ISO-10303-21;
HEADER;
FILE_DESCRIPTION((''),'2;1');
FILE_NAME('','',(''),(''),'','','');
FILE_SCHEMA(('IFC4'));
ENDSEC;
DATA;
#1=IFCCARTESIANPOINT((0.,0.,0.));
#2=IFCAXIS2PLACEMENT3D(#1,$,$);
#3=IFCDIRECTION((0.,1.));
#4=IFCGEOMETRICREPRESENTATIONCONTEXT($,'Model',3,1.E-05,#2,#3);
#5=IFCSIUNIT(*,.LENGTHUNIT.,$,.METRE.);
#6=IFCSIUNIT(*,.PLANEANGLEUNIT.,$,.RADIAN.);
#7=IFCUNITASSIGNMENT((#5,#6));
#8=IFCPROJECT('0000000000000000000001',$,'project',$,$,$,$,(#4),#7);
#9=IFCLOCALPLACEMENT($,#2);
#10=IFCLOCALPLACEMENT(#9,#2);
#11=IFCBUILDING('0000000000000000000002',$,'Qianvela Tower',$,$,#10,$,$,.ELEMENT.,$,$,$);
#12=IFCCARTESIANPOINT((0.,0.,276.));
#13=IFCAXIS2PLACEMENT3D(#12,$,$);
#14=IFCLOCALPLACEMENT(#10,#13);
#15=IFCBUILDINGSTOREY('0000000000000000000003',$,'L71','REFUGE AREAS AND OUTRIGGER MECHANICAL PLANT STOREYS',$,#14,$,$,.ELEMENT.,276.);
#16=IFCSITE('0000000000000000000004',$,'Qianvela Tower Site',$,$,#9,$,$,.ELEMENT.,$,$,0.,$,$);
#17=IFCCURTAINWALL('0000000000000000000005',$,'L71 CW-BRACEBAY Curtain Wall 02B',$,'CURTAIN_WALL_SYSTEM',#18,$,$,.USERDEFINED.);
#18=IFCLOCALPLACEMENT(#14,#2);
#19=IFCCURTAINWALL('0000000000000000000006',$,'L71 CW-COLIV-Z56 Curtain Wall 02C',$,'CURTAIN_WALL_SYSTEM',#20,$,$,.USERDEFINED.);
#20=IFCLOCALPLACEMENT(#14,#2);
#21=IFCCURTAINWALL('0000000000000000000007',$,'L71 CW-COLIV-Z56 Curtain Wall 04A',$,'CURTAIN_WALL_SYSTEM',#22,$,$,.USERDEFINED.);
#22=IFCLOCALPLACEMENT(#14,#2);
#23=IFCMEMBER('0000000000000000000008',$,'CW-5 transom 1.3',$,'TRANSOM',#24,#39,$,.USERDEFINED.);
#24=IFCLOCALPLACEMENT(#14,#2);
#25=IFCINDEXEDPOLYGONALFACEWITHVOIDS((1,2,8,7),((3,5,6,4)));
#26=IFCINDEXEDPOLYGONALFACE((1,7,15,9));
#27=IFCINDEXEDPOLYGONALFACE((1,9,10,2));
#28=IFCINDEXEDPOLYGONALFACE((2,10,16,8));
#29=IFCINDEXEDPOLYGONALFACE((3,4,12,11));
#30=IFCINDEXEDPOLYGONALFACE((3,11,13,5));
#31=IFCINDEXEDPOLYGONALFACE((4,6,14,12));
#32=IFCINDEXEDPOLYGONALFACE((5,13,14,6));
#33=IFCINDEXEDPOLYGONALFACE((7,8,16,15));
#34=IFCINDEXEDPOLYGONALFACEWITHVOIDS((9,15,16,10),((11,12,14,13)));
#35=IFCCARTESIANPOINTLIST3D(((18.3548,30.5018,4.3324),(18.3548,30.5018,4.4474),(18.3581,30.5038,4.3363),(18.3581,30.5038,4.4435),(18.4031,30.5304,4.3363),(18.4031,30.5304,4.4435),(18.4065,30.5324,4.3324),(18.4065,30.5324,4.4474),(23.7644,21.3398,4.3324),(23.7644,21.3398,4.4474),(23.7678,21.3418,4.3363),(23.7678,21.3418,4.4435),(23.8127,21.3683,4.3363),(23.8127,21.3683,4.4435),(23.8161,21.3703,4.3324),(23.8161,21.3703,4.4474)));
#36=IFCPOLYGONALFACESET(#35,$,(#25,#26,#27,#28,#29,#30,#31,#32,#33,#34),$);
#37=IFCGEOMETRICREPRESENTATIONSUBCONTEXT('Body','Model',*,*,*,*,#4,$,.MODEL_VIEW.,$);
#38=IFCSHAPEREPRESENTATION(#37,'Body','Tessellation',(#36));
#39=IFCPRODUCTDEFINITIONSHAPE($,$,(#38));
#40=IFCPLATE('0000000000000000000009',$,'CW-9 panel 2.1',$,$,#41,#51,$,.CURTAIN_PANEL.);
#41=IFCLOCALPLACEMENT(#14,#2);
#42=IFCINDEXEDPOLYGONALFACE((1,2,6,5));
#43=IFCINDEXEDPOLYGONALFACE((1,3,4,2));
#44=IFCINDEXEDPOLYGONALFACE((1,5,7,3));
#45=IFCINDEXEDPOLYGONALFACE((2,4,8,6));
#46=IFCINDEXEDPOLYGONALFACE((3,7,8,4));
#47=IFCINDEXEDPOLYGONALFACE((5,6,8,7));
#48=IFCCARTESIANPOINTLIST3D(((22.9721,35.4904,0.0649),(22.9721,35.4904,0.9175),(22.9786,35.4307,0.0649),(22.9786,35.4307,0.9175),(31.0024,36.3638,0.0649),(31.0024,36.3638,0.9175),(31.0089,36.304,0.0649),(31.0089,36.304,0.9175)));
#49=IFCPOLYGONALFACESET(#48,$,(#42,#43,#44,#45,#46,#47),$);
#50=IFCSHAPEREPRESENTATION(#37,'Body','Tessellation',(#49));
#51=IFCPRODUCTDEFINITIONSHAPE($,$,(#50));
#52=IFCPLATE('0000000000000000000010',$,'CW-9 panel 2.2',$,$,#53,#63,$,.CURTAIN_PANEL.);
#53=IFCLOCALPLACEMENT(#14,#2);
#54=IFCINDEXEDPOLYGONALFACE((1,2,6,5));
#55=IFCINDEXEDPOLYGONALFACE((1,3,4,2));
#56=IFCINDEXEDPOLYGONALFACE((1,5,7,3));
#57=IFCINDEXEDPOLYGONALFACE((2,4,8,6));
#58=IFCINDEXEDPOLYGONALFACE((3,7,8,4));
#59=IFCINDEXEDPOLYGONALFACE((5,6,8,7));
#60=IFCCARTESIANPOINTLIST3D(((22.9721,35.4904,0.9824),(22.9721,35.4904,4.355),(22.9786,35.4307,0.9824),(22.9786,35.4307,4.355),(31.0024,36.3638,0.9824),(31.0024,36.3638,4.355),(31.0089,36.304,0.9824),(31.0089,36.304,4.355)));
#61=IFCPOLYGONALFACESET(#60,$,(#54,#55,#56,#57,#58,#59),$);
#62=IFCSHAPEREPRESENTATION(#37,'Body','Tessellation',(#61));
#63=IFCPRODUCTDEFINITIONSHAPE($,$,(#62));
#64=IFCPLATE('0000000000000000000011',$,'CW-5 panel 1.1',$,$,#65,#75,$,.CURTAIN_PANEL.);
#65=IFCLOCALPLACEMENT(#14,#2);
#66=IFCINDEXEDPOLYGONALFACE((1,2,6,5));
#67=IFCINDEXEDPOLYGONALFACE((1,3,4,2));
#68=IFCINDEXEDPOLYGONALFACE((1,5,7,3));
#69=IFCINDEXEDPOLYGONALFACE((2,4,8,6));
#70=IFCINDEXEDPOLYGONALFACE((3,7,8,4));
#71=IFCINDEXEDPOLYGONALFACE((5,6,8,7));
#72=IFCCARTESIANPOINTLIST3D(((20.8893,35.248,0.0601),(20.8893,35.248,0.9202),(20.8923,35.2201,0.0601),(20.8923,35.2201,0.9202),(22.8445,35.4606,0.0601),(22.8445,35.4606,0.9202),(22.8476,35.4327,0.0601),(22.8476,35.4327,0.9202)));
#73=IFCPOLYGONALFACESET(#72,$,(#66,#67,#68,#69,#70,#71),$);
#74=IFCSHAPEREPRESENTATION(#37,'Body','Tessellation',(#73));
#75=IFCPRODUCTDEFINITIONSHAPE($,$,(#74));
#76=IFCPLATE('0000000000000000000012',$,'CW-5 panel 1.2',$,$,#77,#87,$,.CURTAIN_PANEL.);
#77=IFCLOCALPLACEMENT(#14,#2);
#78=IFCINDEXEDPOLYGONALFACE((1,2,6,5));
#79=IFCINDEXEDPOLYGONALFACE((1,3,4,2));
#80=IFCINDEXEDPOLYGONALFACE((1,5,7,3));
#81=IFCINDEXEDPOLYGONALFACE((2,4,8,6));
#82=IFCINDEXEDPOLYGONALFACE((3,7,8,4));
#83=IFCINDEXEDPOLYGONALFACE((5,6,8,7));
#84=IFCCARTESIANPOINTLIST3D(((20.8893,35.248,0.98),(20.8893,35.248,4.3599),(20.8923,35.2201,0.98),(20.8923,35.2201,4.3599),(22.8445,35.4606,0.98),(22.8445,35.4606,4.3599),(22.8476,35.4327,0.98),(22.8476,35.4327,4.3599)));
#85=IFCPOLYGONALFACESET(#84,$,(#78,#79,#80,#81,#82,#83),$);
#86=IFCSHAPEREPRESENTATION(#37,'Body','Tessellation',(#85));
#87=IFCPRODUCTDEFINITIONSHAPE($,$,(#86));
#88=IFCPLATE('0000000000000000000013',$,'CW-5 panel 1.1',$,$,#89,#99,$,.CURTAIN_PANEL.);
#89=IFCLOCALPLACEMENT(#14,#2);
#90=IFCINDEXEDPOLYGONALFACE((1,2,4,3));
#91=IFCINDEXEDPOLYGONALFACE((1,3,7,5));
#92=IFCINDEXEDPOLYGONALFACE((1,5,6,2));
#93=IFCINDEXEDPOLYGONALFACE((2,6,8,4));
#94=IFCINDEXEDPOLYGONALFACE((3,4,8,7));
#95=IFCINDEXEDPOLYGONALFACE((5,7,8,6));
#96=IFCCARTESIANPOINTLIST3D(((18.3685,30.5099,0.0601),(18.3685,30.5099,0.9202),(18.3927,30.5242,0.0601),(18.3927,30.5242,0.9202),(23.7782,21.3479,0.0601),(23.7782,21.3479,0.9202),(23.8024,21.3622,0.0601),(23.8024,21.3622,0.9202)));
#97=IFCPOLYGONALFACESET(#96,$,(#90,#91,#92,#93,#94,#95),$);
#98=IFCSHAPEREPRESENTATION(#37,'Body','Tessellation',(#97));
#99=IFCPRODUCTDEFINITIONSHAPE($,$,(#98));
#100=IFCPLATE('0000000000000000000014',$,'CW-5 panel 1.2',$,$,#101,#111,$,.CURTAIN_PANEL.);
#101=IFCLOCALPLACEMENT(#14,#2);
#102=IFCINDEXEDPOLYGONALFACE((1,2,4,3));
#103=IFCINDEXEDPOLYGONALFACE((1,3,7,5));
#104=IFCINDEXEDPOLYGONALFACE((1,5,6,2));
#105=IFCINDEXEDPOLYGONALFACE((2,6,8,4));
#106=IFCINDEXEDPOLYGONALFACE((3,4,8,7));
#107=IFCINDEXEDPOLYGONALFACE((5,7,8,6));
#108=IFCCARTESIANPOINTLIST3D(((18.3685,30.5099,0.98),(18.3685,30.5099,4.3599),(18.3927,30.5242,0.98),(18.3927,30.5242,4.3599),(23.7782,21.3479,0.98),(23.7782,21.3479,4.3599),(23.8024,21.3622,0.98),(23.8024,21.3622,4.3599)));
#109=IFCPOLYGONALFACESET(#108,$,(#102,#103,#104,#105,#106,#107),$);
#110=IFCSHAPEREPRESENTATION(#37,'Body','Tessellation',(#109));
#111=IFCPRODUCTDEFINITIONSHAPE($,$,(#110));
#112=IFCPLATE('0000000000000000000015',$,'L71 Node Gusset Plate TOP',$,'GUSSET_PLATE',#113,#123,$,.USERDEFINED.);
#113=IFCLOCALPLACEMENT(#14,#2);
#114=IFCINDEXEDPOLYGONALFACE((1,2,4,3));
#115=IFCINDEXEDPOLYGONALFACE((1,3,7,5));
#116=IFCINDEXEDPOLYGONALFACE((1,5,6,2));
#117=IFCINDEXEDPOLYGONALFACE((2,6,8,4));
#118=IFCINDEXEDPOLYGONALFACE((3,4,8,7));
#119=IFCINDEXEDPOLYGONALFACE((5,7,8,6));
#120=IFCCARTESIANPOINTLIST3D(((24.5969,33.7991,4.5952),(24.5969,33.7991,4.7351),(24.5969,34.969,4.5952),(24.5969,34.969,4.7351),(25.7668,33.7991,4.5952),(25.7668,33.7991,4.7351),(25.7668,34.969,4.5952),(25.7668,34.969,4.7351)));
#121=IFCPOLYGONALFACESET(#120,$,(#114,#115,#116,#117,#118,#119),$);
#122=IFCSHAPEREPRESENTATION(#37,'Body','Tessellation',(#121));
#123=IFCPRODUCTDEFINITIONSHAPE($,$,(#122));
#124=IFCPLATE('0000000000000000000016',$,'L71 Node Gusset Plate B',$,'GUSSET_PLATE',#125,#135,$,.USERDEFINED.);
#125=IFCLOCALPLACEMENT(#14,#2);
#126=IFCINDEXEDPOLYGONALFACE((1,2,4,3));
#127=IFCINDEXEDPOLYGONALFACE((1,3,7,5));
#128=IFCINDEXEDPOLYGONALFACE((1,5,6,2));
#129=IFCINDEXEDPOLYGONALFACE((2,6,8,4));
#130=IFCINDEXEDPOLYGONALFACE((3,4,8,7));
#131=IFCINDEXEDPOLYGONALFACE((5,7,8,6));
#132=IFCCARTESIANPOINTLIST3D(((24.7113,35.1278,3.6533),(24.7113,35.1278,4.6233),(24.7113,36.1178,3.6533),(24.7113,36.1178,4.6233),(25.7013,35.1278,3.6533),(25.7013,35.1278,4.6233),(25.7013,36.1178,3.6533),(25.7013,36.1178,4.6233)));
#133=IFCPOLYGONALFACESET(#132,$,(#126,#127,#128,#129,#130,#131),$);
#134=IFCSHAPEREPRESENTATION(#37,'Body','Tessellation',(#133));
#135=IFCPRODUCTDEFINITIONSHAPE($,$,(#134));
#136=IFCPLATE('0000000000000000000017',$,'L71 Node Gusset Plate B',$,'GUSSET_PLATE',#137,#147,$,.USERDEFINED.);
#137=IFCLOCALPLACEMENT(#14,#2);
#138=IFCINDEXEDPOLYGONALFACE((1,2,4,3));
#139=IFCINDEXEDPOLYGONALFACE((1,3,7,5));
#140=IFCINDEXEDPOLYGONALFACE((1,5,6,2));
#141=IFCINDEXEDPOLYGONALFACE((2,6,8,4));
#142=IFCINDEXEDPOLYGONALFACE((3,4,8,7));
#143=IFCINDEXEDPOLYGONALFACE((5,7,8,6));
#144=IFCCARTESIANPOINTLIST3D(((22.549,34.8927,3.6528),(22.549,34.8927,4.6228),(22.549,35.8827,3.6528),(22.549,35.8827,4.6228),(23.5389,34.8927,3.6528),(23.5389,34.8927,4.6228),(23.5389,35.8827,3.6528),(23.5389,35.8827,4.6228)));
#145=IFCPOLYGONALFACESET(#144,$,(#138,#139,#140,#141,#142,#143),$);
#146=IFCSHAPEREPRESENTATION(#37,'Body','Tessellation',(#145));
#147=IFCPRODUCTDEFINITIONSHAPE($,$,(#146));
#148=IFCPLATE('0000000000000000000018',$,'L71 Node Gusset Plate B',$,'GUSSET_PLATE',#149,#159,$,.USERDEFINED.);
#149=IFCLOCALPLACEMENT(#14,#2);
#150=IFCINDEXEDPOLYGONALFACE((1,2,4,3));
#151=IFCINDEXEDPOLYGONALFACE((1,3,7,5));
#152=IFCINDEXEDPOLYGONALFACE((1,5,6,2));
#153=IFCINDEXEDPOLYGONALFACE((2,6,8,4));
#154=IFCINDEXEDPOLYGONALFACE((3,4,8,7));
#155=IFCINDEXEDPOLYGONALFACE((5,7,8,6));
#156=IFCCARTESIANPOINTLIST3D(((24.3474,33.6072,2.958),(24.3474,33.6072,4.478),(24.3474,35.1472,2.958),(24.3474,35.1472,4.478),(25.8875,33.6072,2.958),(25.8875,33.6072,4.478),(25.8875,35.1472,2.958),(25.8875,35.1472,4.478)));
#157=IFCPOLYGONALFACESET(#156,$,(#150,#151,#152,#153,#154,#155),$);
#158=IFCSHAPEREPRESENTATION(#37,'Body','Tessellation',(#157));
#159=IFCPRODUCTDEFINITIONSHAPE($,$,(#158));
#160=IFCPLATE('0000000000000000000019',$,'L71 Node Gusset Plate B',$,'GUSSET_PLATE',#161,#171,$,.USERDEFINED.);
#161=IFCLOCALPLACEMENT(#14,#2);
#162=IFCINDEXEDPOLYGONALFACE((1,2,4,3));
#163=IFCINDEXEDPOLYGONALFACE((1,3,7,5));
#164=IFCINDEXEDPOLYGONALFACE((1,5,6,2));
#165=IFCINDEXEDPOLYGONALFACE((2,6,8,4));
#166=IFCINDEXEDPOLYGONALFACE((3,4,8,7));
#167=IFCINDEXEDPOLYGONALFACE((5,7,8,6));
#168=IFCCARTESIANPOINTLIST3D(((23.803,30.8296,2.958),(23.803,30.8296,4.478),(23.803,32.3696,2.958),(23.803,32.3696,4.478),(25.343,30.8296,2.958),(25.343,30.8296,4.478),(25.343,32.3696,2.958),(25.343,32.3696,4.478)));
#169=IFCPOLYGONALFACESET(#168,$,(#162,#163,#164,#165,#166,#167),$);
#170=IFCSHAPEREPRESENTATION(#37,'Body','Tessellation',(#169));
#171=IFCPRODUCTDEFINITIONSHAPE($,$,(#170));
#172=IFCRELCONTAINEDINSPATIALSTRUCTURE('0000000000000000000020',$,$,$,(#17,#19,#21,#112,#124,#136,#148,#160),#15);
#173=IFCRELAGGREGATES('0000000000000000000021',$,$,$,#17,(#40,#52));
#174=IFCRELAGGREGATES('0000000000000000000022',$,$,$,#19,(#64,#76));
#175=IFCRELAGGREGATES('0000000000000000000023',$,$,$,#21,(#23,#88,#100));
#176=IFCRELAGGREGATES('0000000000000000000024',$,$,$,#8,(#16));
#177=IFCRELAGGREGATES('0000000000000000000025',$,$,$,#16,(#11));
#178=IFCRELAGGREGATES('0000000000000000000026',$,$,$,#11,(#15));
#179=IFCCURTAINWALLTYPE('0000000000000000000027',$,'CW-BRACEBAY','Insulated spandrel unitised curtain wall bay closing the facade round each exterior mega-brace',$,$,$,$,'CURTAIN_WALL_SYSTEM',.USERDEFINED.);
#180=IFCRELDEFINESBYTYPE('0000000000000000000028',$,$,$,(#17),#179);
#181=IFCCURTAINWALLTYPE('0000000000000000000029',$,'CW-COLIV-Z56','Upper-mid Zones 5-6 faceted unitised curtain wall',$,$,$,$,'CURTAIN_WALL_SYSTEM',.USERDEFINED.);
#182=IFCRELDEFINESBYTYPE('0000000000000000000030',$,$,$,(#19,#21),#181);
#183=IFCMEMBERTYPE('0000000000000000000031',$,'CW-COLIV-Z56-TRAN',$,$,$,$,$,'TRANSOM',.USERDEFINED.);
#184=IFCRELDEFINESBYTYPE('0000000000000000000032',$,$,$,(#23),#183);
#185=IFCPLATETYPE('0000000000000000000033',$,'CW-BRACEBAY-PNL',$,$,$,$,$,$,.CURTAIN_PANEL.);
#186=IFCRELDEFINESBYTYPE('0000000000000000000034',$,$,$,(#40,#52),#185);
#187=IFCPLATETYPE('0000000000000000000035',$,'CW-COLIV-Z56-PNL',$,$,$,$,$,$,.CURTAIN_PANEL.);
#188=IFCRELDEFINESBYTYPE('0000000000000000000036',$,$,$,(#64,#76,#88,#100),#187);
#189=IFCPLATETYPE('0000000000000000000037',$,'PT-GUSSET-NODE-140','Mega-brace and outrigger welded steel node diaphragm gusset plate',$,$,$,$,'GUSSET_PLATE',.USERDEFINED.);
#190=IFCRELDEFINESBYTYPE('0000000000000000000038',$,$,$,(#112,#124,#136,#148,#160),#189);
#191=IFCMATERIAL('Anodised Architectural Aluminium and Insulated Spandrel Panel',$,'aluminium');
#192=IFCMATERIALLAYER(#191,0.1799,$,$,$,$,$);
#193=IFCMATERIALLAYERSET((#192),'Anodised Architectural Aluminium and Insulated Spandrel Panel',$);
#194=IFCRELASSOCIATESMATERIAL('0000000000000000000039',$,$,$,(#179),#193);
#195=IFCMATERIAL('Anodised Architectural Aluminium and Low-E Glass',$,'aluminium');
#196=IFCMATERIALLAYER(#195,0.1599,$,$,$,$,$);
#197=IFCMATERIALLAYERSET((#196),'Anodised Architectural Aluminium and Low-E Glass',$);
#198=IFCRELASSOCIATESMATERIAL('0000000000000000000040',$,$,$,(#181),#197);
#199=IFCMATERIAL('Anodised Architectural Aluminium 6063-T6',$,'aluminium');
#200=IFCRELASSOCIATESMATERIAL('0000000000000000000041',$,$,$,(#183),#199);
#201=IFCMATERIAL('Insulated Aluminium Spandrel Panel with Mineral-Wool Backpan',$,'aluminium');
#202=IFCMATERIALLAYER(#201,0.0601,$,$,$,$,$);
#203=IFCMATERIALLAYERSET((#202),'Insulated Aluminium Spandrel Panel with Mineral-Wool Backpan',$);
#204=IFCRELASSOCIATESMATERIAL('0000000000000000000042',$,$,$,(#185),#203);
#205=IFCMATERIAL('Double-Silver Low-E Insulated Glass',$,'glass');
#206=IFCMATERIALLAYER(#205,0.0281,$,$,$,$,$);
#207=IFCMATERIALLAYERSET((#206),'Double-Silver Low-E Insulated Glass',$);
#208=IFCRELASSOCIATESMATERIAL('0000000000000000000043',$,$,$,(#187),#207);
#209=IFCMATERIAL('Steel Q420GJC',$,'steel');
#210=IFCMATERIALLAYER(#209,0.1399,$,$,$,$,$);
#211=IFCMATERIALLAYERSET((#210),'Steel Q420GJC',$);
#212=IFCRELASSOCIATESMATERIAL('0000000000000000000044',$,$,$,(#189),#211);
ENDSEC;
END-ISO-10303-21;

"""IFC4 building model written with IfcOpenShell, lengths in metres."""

from ifc_helpers import new_model, si_unit, direction, frame, origin, origin_2d, place, context, subcontext, project, spatial, rectangle, hollow_rectangle, extrude, material, layer, layer_set, material_profile, profile_set, type_object, element, aggregate, save


model = new_model("IFC4")

# Units and contexts
model_context = context("Model", 3, precision=1e-05, world=origin(), true_north=direction((0.0, 1.0)))
body_context = subcontext(model_context, "Body", "Model", "MODEL_VIEW")
ifc_project = project(units=[si_unit("LENGTHUNIT", "METRE"), si_unit("PLANEANGLEUNIT", "RADIAN")], contexts=[model_context])

# Site, building, storey
site_placement = place(None, origin())
site = spatial("IfcSite", under=ifc_project, at=site_placement, Name="Qianvela Tower Site", CompositionType="ELEMENT", RefElevation=0.0)
building_placement = place(site_placement, origin())
building = spatial("IfcBuilding", under=site, at=building_placement, Name="Qianvela Tower", CompositionType="ELEMENT")
storey_placement = place(building_placement, frame((0.0, 0.0, 276.0)))
storey = spatial("IfcBuildingStorey", under=building, at=storey_placement, Name="L71", Description="REFUGE AREAS AND OUTRIGGER MECHANICAL PLANT STOREYS", CompositionType="ELEMENT", Elevation=276.0)

# Curtain wall
ifc_material_1 = material(Name="Anodised Architectural Aluminium and Insulated Spandrel Panel", Category="aluminium")
ifc_layer_1 = layer(ifc_material_1, 0.1799)
ifc_layer_set_1 = layer_set([ifc_layer_1], Name="Anodised Architectural Aluminium and Insulated Spandrel Panel")
curtain_wall_type_1 = type_object("IfcCurtainWallType", Name="CW-BRACEBAY", Description="Insulated spandrel unitised curtain wall bay closing the facade round each exterior mega-brace", ElementType="CURTAIN_WALL_SYSTEM", PredefinedType="USERDEFINED", material=ifc_layer_set_1)
curtain_wall_1_placement = place(storey_placement, origin())
curtain_wall_1 = element("IfcCurtainWall", 1, at=curtain_wall_1_placement, inside=storey, type_object=curtain_wall_type_1, Name="L71 CW-BRACEBAY Curtain Wall 02B", ObjectType="CURTAIN_WALL_SYSTEM", PredefinedType="USERDEFINED")

# Curtain wall
ifc_material_2 = material(Name="Anodised Architectural Aluminium and Low-E Glass", Category="aluminium")
ifc_layer_2 = layer(ifc_material_2, 0.1599)
ifc_layer_set_2 = layer_set([ifc_layer_2], Name="Anodised Architectural Aluminium and Low-E Glass")
curtain_wall_type_2 = type_object("IfcCurtainWallType", Name="CW-COLIV-Z56", Description="Upper-mid Zones 5-6 faceted unitised curtain wall", ElementType="CURTAIN_WALL_SYSTEM", PredefinedType="USERDEFINED", material=ifc_layer_set_2)
curtain_wall_2_placement = place(storey_placement, origin())
curtain_wall_2 = element("IfcCurtainWall", 2, at=curtain_wall_2_placement, inside=storey, type_object=curtain_wall_type_2, Name="L71 CW-COLIV-Z56 Curtain Wall 02C", ObjectType="CURTAIN_WALL_SYSTEM", PredefinedType="USERDEFINED")

# Curtain wall
curtain_wall_3_placement = place(storey_placement, origin())
curtain_wall_3 = element("IfcCurtainWall", 3, at=curtain_wall_3_placement, inside=storey, type_object=curtain_wall_type_2, Name="L71 CW-COLIV-Z56 Curtain Wall 04A", ObjectType="CURTAIN_WALL_SYSTEM", PredefinedType="USERDEFINED")

# Member
ifc_material_3 = material(Name="Anodised Architectural Aluminium 6063-T6", Category="aluminium")
ifc_material_profile_1 = material_profile(ifc_material_3, hollow_rectangle(XDim=0.0601, YDim=0.115, WallThickness=0.0039, at=origin_2d()), Name="ALU-TRAN-60x115")
ifc_profile_set_1 = profile_set([ifc_material_profile_1], Name="Anodised Architectural Aluminium 6063-T6")
member_type_1 = type_object("IfcMemberType", Name="CW-COLIV-Z56-TRAN", ElementType="TRANSOM", PredefinedType="USERDEFINED", material=ifc_profile_set_1)
member_1_placement = place(storey_placement, frame((18.3806, 30.5171, 4.3899), z_axis=(0.508429, -0.861104, 0.0), x_axis=(0.861104, 0.508429, 0.0)))
member_1 = element("IfcMember", 4, at=member_1_placement, type_object=member_type_1, Name="CW-5 transom 1.3", ObjectType="TRANSOM", PredefinedType="USERDEFINED", context=body_context, shape_type="SweptSolid", body=[
    extrude(hollow_rectangle(XDim=0.0601, YDim=0.115, WallThickness=0.0039, at=origin_2d()), origin(), (0.0, 0.0, 1.0), 10.6399),
])

# Plates
ifc_material_4 = material(Name="Insulated Aluminium Spandrel Panel with Mineral-Wool Backpan", Category="aluminium")
ifc_layer_3 = layer(ifc_material_4, 0.0601)
ifc_layer_set_3 = layer_set([ifc_layer_3], Name="Insulated Aluminium Spandrel Panel with Mineral-Wool Backpan")
plate_type_1 = type_object("IfcPlateType", Name="CW-BRACEBAY-PNL", PredefinedType="CURTAIN_PANEL", material=ifc_layer_set_3)
plate_1_placement = place(storey_placement, frame((26.9905, 35.8972, 0.0649), z_axis=(0.0, 0.0, 1.0), x_axis=(-0.994138, -0.108122, 0.0)))
plate_1 = element("IfcPlate", 5, at=plate_1_placement, type_object=plate_type_1, Name="CW-9 panel 2.1", PredefinedType="CURTAIN_PANEL", context=body_context, shape_type="SweptSolid", body=[
    extrude(rectangle(XDim=8.0776, YDim=0.0601, at=origin_2d()), origin(), (0.0, 0.0, 1.0), 0.8525),
])
plate_2_placement = place(storey_placement, frame((26.9905, 35.8972, 0.9824), z_axis=(0.0, 0.0, 1.0), x_axis=(-0.994138, -0.108122, 0.0)))
plate_2 = element("IfcPlate", 6, at=plate_2_placement, type_object=plate_type_1, Name="CW-9 panel 2.2", PredefinedType="CURTAIN_PANEL", context=body_context, shape_type="SweptSolid", body=[
    extrude(rectangle(XDim=8.0776, YDim=0.0601, at=origin_2d()), origin(), (0.0, 0.0, 1.0), 3.3726),
])
aggregate(curtain_wall_1, [plate_1, plate_2])
ifc_material_5 = material(Name="Double-Silver Low-E Insulated Glass", Category="glass")
ifc_layer_4 = layer(ifc_material_5, 0.0281)
ifc_layer_set_4 = layer_set([ifc_layer_4], Name="Double-Silver Low-E Insulated Glass")
plate_type_2 = type_object("IfcPlateType", Name="CW-COLIV-Z56-PNL", PredefinedType="CURTAIN_PANEL", material=ifc_layer_set_4)
plate_3_placement = place(storey_placement, frame((21.8684, 35.3403, 0.0601), z_axis=(0.0, 0.0, 1.0), x_axis=(-0.994138, -0.108118, 0.0)))
plate_3 = element("IfcPlate", 7, at=plate_3_placement, type_object=plate_type_2, Name="CW-5 panel 1.1", PredefinedType="CURTAIN_PANEL", context=body_context, shape_type="SweptSolid", body=[
    extrude(rectangle(XDim=1.9668, YDim=0.0281, at=origin_2d()), origin(), (0.0, 0.0, 1.0), 0.8601),
])
plate_4_placement = place(storey_placement, frame((21.8684, 35.3403, 0.98), z_axis=(0.0, 0.0, 1.0), x_axis=(-0.994138, -0.108118, 0.0)))
plate_4 = element("IfcPlate", 8, at=plate_4_placement, type_object=plate_type_2, Name="CW-5 panel 1.2", PredefinedType="CURTAIN_PANEL", context=body_context, shape_type="SweptSolid", body=[
    extrude(rectangle(XDim=1.9668, YDim=0.0281, at=origin_2d()), origin(), (0.0, 0.0, 1.0), 3.3799),
])
aggregate(curtain_wall_2, [plate_3, plate_4])
plate_5_placement = place(storey_placement, frame((21.0854, 25.936, 0.0601), z_axis=(0.0, 0.0, 1.0), x_axis=(0.508441, -0.861097, 0.0)))
plate_5 = element("IfcPlate", 9, at=plate_5_placement, type_object=plate_type_2, Name="CW-5 panel 1.1", PredefinedType="CURTAIN_PANEL", context=body_context, shape_type="SweptSolid", body=[
    extrude(rectangle(XDim=10.6399, YDim=0.0281, at=origin_2d()), origin(), (0.0, 0.0, 1.0), 0.8601),
])
plate_6_placement = place(storey_placement, frame((21.0854, 25.936, 0.98), z_axis=(0.0, 0.0, 1.0), x_axis=(0.508441, -0.861097, 0.0)))
plate_6 = element("IfcPlate", 10, at=plate_6_placement, type_object=plate_type_2, Name="CW-5 panel 1.2", PredefinedType="CURTAIN_PANEL", context=body_context, shape_type="SweptSolid", body=[
    extrude(rectangle(XDim=10.6399, YDim=0.0281, at=origin_2d()), origin(), (0.0, 0.0, 1.0), 3.3799),
])
aggregate(curtain_wall_3, [member_1, plate_5, plate_6])

# Plates
ifc_material_6 = material(Name="Steel Q420GJC", Category="steel")
ifc_layer_5 = layer(ifc_material_6, 0.1399)
ifc_layer_set_5 = layer_set([ifc_layer_5], Name="Steel Q420GJC")
plate_type_3 = type_object("IfcPlateType", Name="PT-GUSSET-NODE-140", Description="Mega-brace and outrigger welded steel node diaphragm gusset plate", ElementType="GUSSET_PLATE", PredefinedType="USERDEFINED", material=ifc_layer_set_5)
plate_7_placement = place(storey_placement, frame((25.1819, 34.384, 4.5952), z_axis=(0.0, 0.0, 1.0), x_axis=(1.0, 0.0, 0.0)))
element("IfcPlate", 11, at=plate_7_placement, inside=storey, type_object=plate_type_3, Name="L71 Node Gusset Plate TOP", ObjectType="GUSSET_PLATE", PredefinedType="USERDEFINED", context=body_context, shape_type="SweptSolid", body=[
    extrude(rectangle(XDim=1.1699, YDim=1.1699, at=origin_2d()), origin(), (0.0, 0.0, 1.0), 0.1399),
])
for number, where, z_axis, x_axis, name in (
    (12, (25.2063, 35.6228, 3.6533), (0.0, 0.0, 1.0), (1.0, 0.0, 0.0), "L71 Node Gusset Plate B"),
    (13, (23.0439, 35.3877, 3.6528), (0.0, 0.0, 1.0), (1.0, 0.0, 0.0), "L71 Node Gusset Plate B"),
):
    element("IfcPlate", number, at=place(storey_placement, frame(where, z_axis=z_axis, x_axis=x_axis)), inside=storey, type_object=plate_type_3, Name=name, ObjectType="GUSSET_PLATE", PredefinedType="USERDEFINED", context=body_context, shape_type="SweptSolid", body=[
        extrude(rectangle(XDim=0.99, YDim=0.99, at=origin_2d()), origin(), (0.0, 0.0, 1.0), 0.97),
    ])
for number, where, z_axis, x_axis, name in (
    (14, (25.1174, 34.3772, 2.958), (0.0, 0.0, 1.0), (1.0, 0.0, 0.0), "L71 Node Gusset Plate B"),
    (15, (24.573, 31.5996, 2.958), (0.0, 0.0, 1.0), (1.0, 0.0, 0.0), "L71 Node Gusset Plate B"),
):
    element("IfcPlate", number, at=place(storey_placement, frame(where, z_axis=z_axis, x_axis=x_axis)), inside=storey, type_object=plate_type_3, Name=name, ObjectType="GUSSET_PLATE", PredefinedType="USERDEFINED", context=body_context, shape_type="SweptSolid", body=[
        extrude(rectangle(XDim=1.54, YDim=1.54, at=origin_2d()), origin(), (0.0, 0.0, 1.0), 1.52),
    ])

save(model, "model.ifc")
